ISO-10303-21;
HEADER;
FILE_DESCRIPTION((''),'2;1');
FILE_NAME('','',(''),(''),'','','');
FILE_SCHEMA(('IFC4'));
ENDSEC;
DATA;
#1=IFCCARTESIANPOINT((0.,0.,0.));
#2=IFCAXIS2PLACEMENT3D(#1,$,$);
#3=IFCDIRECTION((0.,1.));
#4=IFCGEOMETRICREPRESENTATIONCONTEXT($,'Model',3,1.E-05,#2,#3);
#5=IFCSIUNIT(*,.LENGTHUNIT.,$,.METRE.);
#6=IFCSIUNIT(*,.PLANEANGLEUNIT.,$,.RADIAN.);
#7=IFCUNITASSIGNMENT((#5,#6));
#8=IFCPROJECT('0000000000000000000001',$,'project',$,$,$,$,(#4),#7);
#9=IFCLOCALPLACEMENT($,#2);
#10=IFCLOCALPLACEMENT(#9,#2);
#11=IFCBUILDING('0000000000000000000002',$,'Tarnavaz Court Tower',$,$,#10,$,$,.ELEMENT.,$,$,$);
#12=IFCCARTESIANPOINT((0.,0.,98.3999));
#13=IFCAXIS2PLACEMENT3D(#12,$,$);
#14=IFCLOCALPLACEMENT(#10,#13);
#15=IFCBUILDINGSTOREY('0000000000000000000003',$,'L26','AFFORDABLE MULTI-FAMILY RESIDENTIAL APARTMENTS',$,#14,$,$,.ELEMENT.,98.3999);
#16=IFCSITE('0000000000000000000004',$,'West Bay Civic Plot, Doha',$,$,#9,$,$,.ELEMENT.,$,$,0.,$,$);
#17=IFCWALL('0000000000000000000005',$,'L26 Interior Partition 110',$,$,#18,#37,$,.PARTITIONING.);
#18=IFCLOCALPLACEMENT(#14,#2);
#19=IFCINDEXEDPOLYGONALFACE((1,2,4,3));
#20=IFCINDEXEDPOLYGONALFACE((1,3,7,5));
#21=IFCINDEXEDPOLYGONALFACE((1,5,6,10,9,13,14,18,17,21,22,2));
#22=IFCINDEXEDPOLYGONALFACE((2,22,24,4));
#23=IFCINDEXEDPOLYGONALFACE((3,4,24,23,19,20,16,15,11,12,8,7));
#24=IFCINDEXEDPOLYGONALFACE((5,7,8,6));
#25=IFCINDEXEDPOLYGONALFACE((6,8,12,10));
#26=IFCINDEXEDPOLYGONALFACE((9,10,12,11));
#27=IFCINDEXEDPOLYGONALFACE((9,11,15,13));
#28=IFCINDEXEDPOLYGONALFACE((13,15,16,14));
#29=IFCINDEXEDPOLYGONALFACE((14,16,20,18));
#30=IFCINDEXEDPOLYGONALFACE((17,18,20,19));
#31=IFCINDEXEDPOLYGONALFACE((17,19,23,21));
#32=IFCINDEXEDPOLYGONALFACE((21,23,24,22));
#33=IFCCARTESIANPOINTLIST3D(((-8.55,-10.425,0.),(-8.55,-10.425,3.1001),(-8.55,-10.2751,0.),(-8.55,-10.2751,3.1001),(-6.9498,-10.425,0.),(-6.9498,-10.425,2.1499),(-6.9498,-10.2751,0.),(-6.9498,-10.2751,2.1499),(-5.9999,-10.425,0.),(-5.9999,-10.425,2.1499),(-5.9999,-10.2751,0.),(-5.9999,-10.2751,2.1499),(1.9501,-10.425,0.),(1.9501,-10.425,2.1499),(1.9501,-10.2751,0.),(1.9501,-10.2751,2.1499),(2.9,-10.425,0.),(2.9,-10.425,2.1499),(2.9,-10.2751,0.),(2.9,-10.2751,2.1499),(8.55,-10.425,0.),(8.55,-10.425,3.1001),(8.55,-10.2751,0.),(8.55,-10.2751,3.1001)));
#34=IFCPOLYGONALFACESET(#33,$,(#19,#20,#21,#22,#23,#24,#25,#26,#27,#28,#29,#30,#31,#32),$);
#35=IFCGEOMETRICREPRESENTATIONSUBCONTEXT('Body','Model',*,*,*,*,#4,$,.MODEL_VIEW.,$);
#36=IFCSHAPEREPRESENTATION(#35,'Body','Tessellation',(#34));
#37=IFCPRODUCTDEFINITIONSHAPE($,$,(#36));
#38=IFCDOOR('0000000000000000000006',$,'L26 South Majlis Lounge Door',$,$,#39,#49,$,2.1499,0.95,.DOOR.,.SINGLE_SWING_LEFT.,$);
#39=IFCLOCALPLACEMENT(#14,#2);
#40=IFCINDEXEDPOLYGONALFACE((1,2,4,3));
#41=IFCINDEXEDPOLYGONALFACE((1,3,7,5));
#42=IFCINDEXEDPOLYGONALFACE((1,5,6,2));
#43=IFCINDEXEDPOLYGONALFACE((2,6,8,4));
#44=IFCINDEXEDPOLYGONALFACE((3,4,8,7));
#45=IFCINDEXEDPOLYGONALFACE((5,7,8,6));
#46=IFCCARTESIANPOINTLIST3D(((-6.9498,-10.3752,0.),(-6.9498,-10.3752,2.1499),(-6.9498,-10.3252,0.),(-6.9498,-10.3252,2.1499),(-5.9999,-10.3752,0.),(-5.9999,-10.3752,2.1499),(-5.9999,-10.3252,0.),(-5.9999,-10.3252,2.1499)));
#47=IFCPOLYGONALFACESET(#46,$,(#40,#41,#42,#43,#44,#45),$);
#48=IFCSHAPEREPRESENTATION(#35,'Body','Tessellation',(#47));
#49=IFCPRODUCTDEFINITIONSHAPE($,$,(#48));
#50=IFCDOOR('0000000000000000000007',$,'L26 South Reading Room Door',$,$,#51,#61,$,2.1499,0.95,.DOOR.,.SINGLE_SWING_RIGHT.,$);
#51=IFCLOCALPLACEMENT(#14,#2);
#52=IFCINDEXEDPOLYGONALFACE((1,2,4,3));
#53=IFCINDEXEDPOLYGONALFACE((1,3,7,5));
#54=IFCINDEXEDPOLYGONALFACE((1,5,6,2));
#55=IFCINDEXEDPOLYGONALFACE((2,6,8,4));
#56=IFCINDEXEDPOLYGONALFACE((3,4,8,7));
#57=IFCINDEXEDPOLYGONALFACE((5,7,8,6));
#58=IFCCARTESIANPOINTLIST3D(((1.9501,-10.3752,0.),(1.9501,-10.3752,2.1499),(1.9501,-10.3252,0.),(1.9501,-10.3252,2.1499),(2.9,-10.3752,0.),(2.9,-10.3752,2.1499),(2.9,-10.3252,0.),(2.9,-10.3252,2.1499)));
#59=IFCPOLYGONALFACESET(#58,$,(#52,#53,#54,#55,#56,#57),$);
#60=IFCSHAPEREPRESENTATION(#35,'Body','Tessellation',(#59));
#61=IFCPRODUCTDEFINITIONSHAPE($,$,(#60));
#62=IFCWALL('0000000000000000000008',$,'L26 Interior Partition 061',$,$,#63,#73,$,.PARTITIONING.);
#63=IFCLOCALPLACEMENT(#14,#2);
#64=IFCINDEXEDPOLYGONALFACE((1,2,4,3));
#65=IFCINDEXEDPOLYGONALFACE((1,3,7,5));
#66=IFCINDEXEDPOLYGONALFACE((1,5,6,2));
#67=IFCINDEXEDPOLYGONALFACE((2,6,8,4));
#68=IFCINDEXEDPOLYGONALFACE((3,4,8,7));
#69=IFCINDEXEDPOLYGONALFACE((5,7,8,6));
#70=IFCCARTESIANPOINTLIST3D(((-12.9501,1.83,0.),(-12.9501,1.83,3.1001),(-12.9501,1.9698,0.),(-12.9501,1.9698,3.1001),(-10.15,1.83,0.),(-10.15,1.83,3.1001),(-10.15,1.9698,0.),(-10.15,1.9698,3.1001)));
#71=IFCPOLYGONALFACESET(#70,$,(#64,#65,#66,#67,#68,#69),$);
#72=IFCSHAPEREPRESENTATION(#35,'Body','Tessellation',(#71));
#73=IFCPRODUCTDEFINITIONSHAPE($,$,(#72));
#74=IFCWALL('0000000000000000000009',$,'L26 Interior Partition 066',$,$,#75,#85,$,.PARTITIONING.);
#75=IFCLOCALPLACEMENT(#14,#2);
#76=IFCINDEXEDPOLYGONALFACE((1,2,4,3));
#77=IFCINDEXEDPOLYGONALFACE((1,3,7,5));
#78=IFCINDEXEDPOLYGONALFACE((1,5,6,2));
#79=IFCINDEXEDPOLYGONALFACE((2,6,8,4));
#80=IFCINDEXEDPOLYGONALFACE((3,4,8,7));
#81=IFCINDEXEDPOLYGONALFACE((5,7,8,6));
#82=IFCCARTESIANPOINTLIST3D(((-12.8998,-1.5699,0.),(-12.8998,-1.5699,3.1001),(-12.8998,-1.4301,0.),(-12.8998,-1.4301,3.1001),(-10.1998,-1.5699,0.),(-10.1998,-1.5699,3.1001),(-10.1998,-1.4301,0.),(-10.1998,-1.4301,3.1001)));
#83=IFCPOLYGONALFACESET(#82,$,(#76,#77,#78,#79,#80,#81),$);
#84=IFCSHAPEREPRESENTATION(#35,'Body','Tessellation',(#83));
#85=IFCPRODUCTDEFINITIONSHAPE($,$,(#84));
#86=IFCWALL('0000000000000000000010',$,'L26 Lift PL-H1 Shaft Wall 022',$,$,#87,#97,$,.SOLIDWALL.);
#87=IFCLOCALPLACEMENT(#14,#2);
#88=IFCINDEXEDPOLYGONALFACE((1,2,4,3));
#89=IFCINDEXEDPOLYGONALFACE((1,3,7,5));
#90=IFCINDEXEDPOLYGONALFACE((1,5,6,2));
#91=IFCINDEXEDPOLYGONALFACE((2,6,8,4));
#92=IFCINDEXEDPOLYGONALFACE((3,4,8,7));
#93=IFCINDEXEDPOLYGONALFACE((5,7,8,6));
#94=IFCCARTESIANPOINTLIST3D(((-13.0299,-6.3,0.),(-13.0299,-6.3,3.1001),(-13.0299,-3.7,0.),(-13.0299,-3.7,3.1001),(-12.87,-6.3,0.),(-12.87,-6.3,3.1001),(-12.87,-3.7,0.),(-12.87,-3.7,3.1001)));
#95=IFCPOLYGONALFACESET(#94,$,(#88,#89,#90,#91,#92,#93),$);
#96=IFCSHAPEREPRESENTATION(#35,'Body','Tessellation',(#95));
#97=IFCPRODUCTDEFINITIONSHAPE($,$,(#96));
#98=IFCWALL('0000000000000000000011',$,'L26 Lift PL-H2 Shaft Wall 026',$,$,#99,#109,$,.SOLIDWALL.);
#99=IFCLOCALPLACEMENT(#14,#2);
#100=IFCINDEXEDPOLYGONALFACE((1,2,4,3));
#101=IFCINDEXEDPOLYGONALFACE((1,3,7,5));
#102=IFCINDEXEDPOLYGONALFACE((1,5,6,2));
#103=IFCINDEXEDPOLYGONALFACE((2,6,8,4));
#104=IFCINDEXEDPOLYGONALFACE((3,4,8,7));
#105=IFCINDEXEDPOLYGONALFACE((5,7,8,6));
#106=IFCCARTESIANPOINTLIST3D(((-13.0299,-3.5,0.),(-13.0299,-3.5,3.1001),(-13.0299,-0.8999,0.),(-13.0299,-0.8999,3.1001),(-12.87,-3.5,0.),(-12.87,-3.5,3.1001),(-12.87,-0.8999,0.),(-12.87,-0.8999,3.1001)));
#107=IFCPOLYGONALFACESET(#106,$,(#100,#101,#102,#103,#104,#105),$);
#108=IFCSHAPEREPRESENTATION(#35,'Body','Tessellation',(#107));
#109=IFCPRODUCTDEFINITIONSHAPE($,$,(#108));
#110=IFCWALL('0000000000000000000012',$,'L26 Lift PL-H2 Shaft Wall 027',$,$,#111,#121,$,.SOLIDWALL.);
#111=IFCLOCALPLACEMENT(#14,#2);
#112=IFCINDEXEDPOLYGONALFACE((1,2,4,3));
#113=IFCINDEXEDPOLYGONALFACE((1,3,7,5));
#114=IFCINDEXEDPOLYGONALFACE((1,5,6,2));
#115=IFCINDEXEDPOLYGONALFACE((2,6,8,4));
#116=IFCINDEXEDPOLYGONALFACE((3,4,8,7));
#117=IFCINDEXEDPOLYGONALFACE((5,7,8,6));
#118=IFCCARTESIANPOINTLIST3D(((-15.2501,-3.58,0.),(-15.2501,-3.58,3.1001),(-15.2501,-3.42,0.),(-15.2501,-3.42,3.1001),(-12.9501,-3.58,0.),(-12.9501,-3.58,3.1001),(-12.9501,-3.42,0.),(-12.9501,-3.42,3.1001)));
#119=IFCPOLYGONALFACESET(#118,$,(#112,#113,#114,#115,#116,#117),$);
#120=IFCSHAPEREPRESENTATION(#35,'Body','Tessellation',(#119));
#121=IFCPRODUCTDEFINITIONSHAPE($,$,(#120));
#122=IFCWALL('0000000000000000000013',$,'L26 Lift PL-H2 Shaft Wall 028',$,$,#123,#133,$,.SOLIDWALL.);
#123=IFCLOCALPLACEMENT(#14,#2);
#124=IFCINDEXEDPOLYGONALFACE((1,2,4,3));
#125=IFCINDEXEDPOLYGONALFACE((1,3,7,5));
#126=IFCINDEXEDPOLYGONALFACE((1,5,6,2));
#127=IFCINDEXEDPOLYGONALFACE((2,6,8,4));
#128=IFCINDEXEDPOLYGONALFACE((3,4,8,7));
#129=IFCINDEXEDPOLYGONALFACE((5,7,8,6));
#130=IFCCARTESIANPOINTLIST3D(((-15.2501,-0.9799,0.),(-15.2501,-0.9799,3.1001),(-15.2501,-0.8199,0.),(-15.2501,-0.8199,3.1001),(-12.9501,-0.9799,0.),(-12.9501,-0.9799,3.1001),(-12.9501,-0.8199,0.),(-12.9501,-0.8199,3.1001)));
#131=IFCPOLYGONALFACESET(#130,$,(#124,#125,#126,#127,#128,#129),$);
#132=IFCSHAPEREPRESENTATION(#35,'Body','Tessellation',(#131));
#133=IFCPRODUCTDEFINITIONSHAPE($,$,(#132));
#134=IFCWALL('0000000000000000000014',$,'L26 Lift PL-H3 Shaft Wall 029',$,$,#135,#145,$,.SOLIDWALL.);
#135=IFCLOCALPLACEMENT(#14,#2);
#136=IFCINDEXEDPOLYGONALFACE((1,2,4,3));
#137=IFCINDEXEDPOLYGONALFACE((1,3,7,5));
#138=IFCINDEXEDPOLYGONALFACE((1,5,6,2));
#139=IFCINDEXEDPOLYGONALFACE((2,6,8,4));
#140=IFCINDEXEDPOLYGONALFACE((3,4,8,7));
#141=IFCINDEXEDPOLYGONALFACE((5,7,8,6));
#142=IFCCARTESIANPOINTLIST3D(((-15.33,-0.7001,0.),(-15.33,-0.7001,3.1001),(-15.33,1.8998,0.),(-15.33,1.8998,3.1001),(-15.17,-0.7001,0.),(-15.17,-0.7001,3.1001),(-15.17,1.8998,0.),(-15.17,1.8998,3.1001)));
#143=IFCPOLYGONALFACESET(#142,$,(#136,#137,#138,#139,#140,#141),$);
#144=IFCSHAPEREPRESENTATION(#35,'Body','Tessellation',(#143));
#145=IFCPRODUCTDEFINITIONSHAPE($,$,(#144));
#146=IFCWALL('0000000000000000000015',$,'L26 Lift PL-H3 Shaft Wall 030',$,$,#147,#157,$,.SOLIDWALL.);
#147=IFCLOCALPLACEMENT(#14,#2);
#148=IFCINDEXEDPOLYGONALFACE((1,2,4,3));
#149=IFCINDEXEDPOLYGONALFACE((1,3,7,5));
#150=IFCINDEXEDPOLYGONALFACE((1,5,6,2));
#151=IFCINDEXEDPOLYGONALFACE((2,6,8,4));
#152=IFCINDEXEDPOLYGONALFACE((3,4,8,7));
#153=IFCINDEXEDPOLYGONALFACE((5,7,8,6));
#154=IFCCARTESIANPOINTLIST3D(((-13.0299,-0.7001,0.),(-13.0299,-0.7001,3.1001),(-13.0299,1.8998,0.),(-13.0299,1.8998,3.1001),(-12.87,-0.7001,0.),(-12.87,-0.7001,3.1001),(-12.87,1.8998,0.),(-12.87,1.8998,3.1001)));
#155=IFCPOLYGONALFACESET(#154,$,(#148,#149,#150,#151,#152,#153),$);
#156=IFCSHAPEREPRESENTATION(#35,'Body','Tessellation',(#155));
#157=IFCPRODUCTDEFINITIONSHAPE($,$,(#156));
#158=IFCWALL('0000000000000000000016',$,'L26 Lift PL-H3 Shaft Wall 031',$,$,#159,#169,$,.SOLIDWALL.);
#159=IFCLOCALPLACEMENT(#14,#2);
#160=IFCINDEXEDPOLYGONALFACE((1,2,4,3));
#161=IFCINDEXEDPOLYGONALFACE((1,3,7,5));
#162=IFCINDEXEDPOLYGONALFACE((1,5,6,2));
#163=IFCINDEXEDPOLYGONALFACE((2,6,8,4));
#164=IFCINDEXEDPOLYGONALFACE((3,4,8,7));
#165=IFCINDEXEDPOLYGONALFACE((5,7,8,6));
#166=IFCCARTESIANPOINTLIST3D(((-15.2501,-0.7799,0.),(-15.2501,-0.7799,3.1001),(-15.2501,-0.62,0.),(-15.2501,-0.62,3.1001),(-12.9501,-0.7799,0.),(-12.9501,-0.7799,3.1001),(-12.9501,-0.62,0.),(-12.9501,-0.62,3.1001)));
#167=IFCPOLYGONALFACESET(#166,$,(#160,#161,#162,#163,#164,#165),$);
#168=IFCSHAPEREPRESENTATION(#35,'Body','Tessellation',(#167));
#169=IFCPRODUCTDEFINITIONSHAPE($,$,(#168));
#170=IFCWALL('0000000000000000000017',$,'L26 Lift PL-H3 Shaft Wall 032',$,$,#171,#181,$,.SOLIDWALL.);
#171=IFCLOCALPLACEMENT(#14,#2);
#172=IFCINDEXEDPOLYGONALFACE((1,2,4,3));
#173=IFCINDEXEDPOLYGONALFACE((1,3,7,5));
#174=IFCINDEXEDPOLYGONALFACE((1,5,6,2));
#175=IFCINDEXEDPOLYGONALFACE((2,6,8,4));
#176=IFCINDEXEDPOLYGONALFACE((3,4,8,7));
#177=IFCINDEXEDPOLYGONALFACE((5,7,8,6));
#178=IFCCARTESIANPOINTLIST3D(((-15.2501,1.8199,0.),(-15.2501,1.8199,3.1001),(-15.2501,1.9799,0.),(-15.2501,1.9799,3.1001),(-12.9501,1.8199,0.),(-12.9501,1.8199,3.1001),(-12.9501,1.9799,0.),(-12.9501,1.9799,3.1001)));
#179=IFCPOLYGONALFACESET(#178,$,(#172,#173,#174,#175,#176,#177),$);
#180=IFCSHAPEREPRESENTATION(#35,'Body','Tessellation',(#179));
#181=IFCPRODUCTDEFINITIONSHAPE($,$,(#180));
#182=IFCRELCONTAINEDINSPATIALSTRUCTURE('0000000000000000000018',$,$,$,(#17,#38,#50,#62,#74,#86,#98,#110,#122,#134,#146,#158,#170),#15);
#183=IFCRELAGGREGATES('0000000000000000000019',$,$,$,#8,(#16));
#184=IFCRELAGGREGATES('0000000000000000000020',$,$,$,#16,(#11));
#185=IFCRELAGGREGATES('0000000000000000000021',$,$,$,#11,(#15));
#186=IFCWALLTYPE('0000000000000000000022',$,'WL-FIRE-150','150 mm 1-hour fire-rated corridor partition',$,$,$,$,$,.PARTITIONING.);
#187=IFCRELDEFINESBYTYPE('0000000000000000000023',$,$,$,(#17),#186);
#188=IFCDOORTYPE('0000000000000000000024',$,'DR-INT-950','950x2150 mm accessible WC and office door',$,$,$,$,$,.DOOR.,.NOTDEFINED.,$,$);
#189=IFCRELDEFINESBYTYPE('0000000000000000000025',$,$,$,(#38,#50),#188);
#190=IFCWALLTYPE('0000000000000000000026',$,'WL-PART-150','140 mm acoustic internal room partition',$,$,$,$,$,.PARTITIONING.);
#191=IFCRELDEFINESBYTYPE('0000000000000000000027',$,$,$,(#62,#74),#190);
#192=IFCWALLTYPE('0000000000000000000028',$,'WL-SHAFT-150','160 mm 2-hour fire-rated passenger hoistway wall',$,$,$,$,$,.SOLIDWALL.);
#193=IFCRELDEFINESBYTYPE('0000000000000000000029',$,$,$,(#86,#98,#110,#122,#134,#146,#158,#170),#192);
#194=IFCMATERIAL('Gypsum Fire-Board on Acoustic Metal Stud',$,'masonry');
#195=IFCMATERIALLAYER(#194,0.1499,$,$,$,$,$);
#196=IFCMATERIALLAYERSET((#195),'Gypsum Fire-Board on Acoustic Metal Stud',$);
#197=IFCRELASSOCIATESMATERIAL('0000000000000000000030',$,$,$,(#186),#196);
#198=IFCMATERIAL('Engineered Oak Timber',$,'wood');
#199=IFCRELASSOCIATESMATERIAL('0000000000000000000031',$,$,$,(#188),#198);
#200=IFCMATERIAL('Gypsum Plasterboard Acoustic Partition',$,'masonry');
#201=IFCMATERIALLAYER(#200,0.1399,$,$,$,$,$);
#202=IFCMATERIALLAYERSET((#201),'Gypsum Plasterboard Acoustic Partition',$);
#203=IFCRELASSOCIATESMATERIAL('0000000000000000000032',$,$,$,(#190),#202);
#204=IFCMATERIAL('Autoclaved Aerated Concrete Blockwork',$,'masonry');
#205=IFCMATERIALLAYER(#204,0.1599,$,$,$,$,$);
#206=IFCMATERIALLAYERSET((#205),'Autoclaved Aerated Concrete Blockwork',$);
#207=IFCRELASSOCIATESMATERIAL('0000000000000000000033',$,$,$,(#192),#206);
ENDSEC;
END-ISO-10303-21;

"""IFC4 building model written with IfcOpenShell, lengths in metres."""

from ifc_helpers import new_model, si_unit, direction, frame, frame_2d, origin, place, context, subcontext, project, spatial, rectangle, extrude, material, layer, layer_set, type_object, element, fill, save


model = new_model("IFC4")

# Units and contexts
model_context = context("Model", 3, precision=1e-05, world=origin(), true_north=direction((0.0, 1.0)))
body_context = subcontext(model_context, "Body", "Model", "MODEL_VIEW")
ifc_project = project(units=[si_unit("LENGTHUNIT", "METRE"), si_unit("PLANEANGLEUNIT", "RADIAN")], contexts=[model_context])

# Site, building, storey
site_placement = place(None, origin())
site = spatial("IfcSite", under=ifc_project, at=site_placement, Name="West Bay Civic Plot, Doha", CompositionType="ELEMENT", RefElevation=0.0)
building_placement = place(site_placement, origin())
building = spatial("IfcBuilding", under=site, at=building_placement, Name="Tarnavaz Court Tower", CompositionType="ELEMENT")
storey_placement = place(building_placement, frame((0.0, 0.0, 98.3999)))
storey = spatial("IfcBuildingStorey", under=building, at=storey_placement, Name="L26", Description="AFFORDABLE MULTI-FAMILY RESIDENTIAL APARTMENTS", CompositionType="ELEMENT", Elevation=98.3999)

# Wall, openings, doors
ifc_material_1 = material(Name="Gypsum Fire-Board on Acoustic Metal Stud", Category="masonry")
ifc_layer_1 = layer(ifc_material_1, 0.1499)
ifc_layer_set_1 = layer_set([ifc_layer_1], Name="Gypsum Fire-Board on Acoustic Metal Stud")
wall_type_1 = type_object("IfcWallType", Name="WL-FIRE-150", Description="150 mm 1-hour fire-rated corridor partition", PredefinedType="PARTITIONING", material=ifc_layer_set_1)
wall_1_placement = place(storey_placement, frame((-8.55, -10.3501, 0.0), z_axis=(0.0, 0.0, 1.0), x_axis=(1.0, 0.0, 0.0)))
wall_1 = element("IfcWall", 1, at=wall_1_placement, inside=storey, type_object=wall_type_1, Name="L26 Interior Partition 110", PredefinedType="PARTITIONING", context=body_context, shape_type="SweptSolid", body=[
    extrude(rectangle(XDim=17.1001, YDim=0.1499, at=frame_2d((8.55, 0.0))), origin(), (0.0, 0.0, 1.0), 3.1001),
])
opening_1_placement = place(wall_1_placement, frame((1.6001, 0.0, 0.0)))
opening_1 = element("IfcOpeningElement", 2, at=opening_1_placement, cuts=wall_1, PredefinedType="OPENING", context=body_context, shape_type="SweptSolid", body=[
    extrude(rectangle(XDim=0.95, YDim=2.1499, at=frame_2d((0.4751, 1.075))), frame((0.0, 0.085, 0.0), z_axis=(0.0, -1.0, 0.0), x_axis=(1.0, 0.0, 0.0)), (0.0, 0.0, 1.0), 0.1699),
])
opening_2_placement = place(wall_1_placement, frame((10.5, 0.0, 0.0)))
opening_2 = element("IfcOpeningElement", 3, at=opening_2_placement, cuts=wall_1, PredefinedType="OPENING", context=body_context, shape_type="SweptSolid", body=[
    extrude(rectangle(XDim=0.95, YDim=2.1499, at=frame_2d((0.4751, 1.075))), frame((0.0, 0.085, 0.0), z_axis=(0.0, -1.0, 0.0), x_axis=(1.0, 0.0, 0.0)), (0.0, 0.0, 1.0), 0.1699),
])
ifc_material_2 = material(Name="Engineered Oak Timber", Category="wood")
door_type_1 = type_object("IfcDoorType", Name="DR-INT-950", Description="950x2150 mm accessible WC and office door", OperationType="NOTDEFINED", PredefinedType="DOOR", material=ifc_material_2)
door_1_placement = place(opening_1_placement, origin())
door_1 = element("IfcDoor", 4, at=door_1_placement, inside=storey, type_object=door_type_1, Name="L26 South Majlis Lounge Door", OperationType="SINGLE_SWING_LEFT", OverallHeight=2.1499, OverallWidth=0.95, PredefinedType="DOOR", context=body_context, shape_type="SweptSolid", body=[
    extrude(rectangle(XDim=0.95, YDim=2.1499, at=frame_2d((0.4751, 1.075))), frame((0.0, 0.0249, 0.0), z_axis=(0.0, -1.0, 0.0), x_axis=(1.0, 0.0, 0.0)), (0.0, 0.0, 1.0), 0.05),
])
fill(opening_1, door_1)
door_2_placement = place(opening_2_placement, origin())
door_2 = element("IfcDoor", 5, at=door_2_placement, inside=storey, type_object=door_type_1, Name="L26 South Reading Room Door", OperationType="SINGLE_SWING_RIGHT", OverallHeight=2.1499, OverallWidth=0.95, PredefinedType="DOOR", context=body_context, shape_type="SweptSolid", body=[
    extrude(rectangle(XDim=0.95, YDim=2.1499, at=frame_2d((0.4751, 1.075))), frame((0.0, 0.0249, 0.0), z_axis=(0.0, -1.0, 0.0), x_axis=(1.0, 0.0, 0.0)), (0.0, 0.0, 1.0), 0.05),
])
fill(opening_2, door_2)

# Wall
ifc_material_3 = material(Name="Gypsum Plasterboard Acoustic Partition", Category="masonry")
ifc_layer_2 = layer(ifc_material_3, 0.1399)
ifc_layer_set_2 = layer_set([ifc_layer_2], Name="Gypsum Plasterboard Acoustic Partition")
wall_type_2 = type_object("IfcWallType", Name="WL-PART-150", Description="140 mm acoustic internal room partition", PredefinedType="PARTITIONING", material=ifc_layer_set_2)
wall_2_placement = place(storey_placement, frame((-12.95, 1.8999, 0.0), z_axis=(0.0, 0.0, 1.0), x_axis=(1.0, 0.0, 0.0)))
element("IfcWall", 6, at=wall_2_placement, inside=storey, type_object=wall_type_2, Name="L26 Interior Partition 061", PredefinedType="PARTITIONING", context=body_context, shape_type="SweptSolid", body=[
    extrude(rectangle(XDim=2.8, YDim=0.1399, at=frame_2d((1.3999, 0.0))), origin(), (0.0, 0.0, 1.0), 3.1001),
])

# Walls
wall_3_placement = place(storey_placement, frame((-12.8999, -1.5, 0.0), z_axis=(0.0, 0.0, 1.0), x_axis=(1.0, 0.0, 0.0)))
element("IfcWall", 7, at=wall_3_placement, inside=storey, type_object=wall_type_2, Name="L26 Interior Partition 066", PredefinedType="PARTITIONING", context=body_context, shape_type="SweptSolid", body=[
    extrude(rectangle(XDim=2.7, YDim=0.1399, at=frame_2d((1.3501, 0.0))), origin(), (0.0, 0.0, 1.0), 3.1001),
])
ifc_material_4 = material(Name="Autoclaved Aerated Concrete Blockwork", Category="masonry")
ifc_layer_3 = layer(ifc_material_4, 0.1599)
ifc_layer_set_3 = layer_set([ifc_layer_3], Name="Autoclaved Aerated Concrete Blockwork")
wall_type_3 = type_object("IfcWallType", Name="WL-SHAFT-150", Description="160 mm 2-hour fire-rated passenger hoistway wall", PredefinedType="SOLIDWALL", material=ifc_layer_set_3)
for number, where, z_axis, x_axis, name in (
    (8, (-12.95, -6.3, 0.0), (0.0, 0.0, 1.0), (0.0, 1.0, 0.0), "L26 Lift PL-H1 Shaft Wall 022"),
    (9, (-12.95, -3.5, 0.0), (0.0, 0.0, 1.0), (0.0, 1.0, 0.0), "L26 Lift PL-H2 Shaft Wall 026"),
):
    element("IfcWall", number, at=place(storey_placement, frame(where, z_axis=z_axis, x_axis=x_axis)), inside=storey, type_object=wall_type_3, Name=name, PredefinedType="SOLIDWALL", context=body_context, shape_type="SweptSolid", body=[
        extrude(rectangle(XDim=2.6001, YDim=0.1599, at=frame_2d((1.3, 0.0))), origin(), (0.0, 0.0, 1.0), 3.1001),
    ])
for number, where, z_axis, x_axis, name in (
    (10, (-15.25, -3.5, 0.0), (0.0, 0.0, 1.0), (1.0, 0.0, 0.0), "L26 Lift PL-H2 Shaft Wall 027"),
    (11, (-15.25, -0.8999, 0.0), (0.0, 0.0, 1.0), (1.0, 0.0, 0.0), "L26 Lift PL-H2 Shaft Wall 028"),
):
    element("IfcWall", number, at=place(storey_placement, frame(where, z_axis=z_axis, x_axis=x_axis)), inside=storey, type_object=wall_type_3, Name=name, PredefinedType="SOLIDWALL", context=body_context, shape_type="SweptSolid", body=[
        extrude(rectangle(XDim=2.3, YDim=0.1599, at=frame_2d((1.1499, 0.0))), origin(), (0.0, 0.0, 1.0), 3.1001),
    ])
for number, where, z_axis, x_axis, name in (
    (12, (-15.25, -0.7, 0.0), (0.0, 0.0, 1.0), (0.0, 1.0, 0.0), "L26 Lift PL-H3 Shaft Wall 029"),
    (13, (-12.95, -0.7, 0.0), (0.0, 0.0, 1.0), (0.0, 1.0, 0.0), "L26 Lift PL-H3 Shaft Wall 030"),
):
    element("IfcWall", number, at=place(storey_placement, frame(where, z_axis=z_axis, x_axis=x_axis)), inside=storey, type_object=wall_type_3, Name=name, PredefinedType="SOLIDWALL", context=body_context, shape_type="SweptSolid", body=[
        extrude(rectangle(XDim=2.5999, YDim=0.1599, at=frame_2d((1.2998, 0.0))), origin(), (0.0, 0.0, 1.0), 3.1001),
    ])
for number, where, z_axis, x_axis, name in (
    (14, (-15.25, -0.7, 0.0), (0.0, 0.0, 1.0), (1.0, 0.0, 0.0), "L26 Lift PL-H3 Shaft Wall 031"),
    (15, (-15.25, 1.8999, 0.0), (0.0, 0.0, 1.0), (1.0, 0.0, 0.0), "L26 Lift PL-H3 Shaft Wall 032"),
):
    element("IfcWall", number, at=place(storey_placement, frame(where, z_axis=z_axis, x_axis=x_axis)), inside=storey, type_object=wall_type_3, Name=name, PredefinedType="SOLIDWALL", context=body_context, shape_type="SweptSolid", body=[
        extrude(rectangle(XDim=2.3, YDim=0.1599, at=frame_2d((1.1499, 0.0))), origin(), (0.0, 0.0, 1.0), 3.1001),
    ])

save(model, "model.ifc")
